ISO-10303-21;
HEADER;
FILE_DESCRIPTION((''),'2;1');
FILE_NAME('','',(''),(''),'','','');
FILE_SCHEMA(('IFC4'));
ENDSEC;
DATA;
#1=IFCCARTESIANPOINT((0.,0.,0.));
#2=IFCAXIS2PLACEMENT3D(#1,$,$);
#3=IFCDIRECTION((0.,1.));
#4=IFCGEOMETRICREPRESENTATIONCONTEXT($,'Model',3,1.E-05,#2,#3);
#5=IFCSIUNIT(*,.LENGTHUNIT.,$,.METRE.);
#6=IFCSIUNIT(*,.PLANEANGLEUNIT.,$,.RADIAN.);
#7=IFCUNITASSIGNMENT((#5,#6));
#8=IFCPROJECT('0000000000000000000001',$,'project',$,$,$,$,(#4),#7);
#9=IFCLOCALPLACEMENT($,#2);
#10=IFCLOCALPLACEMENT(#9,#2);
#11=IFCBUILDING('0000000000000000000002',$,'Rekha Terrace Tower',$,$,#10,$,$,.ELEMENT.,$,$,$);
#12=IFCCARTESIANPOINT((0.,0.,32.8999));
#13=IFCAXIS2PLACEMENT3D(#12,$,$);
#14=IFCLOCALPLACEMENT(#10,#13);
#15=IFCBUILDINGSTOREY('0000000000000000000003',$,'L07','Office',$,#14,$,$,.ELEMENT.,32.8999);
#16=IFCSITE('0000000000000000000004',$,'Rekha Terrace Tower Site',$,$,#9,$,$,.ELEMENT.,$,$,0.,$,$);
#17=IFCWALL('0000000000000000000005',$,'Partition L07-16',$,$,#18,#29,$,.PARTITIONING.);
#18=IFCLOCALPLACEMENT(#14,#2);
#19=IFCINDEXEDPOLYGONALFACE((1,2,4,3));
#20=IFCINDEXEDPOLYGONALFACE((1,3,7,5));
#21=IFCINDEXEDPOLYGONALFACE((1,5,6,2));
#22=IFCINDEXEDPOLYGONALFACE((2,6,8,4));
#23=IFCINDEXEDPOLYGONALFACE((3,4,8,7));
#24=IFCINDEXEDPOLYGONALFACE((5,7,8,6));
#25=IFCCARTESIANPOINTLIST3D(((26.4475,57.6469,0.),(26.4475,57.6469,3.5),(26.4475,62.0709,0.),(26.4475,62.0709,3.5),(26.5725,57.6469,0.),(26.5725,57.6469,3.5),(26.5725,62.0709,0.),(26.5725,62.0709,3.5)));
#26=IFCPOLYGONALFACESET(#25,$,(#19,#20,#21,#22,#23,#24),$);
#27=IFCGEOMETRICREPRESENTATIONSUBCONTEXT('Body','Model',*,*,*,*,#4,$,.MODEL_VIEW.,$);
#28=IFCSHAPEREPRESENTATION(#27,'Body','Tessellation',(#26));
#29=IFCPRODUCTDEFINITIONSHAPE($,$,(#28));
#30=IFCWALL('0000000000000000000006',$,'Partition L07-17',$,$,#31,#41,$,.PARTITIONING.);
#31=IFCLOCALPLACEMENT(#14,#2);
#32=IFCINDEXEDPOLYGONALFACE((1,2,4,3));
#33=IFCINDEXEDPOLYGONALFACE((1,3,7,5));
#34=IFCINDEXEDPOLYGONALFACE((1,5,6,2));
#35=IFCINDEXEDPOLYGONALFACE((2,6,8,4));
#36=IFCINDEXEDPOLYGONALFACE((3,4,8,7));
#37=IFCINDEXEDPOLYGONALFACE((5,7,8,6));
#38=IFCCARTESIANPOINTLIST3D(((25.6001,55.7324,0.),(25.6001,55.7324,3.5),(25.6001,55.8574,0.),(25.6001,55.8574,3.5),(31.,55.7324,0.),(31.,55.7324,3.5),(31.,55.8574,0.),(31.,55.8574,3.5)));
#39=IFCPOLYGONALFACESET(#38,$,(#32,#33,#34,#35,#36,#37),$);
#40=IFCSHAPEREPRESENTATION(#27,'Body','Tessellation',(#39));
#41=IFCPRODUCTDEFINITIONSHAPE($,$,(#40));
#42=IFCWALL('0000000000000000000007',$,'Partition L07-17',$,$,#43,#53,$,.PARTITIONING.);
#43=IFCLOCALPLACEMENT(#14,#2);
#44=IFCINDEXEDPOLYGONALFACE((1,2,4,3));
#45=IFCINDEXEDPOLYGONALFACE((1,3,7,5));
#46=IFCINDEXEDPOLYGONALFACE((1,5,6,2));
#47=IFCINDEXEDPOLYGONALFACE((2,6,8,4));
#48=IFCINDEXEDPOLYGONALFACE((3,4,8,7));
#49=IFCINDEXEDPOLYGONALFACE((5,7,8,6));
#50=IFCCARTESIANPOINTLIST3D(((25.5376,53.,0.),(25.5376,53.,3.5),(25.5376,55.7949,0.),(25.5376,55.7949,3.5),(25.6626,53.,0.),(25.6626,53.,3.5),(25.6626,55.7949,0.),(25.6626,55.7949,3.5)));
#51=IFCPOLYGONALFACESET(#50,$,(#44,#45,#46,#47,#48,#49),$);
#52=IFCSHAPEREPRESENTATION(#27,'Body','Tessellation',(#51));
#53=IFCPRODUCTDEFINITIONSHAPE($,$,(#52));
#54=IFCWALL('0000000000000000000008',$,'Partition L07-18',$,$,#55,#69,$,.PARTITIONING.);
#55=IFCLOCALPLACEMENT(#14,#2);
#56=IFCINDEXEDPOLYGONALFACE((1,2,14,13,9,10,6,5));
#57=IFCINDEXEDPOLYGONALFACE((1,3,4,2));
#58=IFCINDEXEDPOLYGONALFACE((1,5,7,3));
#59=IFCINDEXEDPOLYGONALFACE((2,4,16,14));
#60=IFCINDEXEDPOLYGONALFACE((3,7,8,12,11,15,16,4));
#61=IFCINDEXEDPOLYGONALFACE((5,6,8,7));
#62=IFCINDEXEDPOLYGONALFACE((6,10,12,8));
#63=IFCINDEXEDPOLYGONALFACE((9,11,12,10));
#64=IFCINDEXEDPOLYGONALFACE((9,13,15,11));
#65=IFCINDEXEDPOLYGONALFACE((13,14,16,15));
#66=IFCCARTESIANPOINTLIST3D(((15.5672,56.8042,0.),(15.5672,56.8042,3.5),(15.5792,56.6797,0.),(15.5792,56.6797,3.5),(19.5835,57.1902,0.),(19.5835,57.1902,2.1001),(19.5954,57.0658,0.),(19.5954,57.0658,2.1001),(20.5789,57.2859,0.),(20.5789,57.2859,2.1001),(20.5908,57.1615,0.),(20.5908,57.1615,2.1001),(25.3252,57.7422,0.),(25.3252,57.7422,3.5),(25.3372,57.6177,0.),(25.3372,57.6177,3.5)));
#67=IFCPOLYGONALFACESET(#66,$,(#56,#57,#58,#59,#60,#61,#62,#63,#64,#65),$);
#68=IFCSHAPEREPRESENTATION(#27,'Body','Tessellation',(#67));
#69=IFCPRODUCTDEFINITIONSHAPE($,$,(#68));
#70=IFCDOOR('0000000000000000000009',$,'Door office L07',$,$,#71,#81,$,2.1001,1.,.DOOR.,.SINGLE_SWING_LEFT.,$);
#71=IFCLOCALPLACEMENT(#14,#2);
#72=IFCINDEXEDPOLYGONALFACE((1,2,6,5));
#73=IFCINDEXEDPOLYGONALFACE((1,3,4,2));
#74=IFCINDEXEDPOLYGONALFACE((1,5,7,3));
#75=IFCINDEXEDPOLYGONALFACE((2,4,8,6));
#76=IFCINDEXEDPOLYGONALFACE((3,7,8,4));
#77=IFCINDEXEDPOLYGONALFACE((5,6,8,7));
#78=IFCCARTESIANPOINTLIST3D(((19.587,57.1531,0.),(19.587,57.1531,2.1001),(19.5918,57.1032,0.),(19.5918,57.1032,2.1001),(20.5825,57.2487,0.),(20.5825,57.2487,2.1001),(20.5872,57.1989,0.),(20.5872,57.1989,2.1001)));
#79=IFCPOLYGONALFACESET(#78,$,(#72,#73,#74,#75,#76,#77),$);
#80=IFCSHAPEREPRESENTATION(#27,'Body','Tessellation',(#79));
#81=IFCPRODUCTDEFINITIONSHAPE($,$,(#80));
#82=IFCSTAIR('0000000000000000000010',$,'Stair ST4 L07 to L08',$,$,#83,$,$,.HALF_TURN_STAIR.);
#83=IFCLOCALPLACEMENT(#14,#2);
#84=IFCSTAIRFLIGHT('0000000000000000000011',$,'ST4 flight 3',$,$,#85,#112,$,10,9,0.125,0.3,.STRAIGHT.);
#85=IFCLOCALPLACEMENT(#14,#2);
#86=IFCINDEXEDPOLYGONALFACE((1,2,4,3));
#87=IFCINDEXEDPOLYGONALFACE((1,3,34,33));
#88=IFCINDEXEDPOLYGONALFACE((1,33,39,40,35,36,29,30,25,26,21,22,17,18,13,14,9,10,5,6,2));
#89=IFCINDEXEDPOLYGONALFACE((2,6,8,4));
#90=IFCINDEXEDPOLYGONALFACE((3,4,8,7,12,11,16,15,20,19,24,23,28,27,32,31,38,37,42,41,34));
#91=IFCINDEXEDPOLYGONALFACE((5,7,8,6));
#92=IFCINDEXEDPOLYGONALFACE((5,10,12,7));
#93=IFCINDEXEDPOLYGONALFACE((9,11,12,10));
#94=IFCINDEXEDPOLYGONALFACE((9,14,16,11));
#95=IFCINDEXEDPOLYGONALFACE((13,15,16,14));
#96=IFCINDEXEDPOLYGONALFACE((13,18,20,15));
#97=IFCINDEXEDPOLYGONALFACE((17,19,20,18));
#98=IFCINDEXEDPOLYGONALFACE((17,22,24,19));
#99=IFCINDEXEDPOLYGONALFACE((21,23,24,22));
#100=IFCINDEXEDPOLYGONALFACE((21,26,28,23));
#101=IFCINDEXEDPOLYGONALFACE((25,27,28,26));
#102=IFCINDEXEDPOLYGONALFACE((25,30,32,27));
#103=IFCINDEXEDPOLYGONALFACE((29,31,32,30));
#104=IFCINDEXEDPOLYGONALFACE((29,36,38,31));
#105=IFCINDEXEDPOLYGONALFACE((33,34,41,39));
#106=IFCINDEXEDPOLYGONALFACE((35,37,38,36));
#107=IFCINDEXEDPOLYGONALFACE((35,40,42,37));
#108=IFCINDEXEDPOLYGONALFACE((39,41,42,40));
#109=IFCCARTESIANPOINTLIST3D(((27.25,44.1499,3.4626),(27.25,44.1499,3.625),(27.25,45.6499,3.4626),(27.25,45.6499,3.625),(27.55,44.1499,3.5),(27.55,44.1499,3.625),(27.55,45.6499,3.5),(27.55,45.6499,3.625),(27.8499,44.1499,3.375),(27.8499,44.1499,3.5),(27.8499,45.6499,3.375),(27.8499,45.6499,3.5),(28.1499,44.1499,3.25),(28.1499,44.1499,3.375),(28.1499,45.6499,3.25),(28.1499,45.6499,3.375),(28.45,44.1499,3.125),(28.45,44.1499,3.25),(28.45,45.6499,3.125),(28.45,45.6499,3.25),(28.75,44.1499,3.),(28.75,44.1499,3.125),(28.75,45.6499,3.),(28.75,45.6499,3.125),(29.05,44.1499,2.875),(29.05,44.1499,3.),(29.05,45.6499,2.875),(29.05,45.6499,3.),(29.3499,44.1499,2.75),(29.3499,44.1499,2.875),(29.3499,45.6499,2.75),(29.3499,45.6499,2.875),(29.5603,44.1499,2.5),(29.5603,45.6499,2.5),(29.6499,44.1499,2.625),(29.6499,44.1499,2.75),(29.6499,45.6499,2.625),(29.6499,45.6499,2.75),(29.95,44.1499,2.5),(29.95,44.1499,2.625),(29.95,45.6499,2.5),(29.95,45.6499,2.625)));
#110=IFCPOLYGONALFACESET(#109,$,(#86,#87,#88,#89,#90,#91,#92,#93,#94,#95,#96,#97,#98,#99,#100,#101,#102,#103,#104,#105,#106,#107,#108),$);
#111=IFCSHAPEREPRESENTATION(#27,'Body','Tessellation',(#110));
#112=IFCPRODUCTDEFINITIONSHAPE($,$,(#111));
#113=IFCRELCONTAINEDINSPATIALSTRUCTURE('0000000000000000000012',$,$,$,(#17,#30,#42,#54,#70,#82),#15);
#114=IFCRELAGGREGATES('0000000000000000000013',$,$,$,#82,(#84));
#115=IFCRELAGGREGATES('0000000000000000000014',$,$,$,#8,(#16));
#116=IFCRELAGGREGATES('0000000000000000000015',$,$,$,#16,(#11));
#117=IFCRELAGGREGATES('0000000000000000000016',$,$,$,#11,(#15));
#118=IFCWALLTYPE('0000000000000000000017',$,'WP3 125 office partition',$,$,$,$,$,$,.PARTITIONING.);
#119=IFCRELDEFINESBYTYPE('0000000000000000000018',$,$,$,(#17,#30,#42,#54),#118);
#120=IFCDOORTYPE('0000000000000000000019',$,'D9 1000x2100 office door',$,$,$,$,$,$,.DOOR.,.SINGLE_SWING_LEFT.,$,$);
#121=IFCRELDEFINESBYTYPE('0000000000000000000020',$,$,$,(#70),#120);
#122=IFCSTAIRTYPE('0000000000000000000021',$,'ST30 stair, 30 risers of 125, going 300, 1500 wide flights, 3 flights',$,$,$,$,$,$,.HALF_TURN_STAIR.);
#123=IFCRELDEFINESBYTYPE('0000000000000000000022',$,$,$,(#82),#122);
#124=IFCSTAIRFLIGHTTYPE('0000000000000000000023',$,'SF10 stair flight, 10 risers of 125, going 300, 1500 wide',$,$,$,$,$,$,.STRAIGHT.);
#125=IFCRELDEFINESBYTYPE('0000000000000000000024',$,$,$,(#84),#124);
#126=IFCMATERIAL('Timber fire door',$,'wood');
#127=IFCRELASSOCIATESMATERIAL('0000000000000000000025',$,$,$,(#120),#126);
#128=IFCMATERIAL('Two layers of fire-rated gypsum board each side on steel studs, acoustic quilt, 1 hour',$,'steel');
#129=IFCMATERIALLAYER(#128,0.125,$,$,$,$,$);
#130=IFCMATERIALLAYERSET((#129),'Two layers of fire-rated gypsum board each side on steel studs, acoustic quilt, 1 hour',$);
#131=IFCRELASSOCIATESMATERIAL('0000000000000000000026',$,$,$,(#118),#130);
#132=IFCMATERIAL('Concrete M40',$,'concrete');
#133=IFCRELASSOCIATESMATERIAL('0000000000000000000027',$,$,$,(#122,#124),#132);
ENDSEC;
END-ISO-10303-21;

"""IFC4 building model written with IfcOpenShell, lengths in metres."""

from ifc_helpers import new_model, si_unit, direction, frame, frame_2d, origin, place, context, subcontext, project, spatial, polyline, rectangle, outline, extrude, material, layer, layer_set, type_object, element, fill, aggregate, save


model = new_model("IFC4")

# Units and contexts
model_context = context("Model", 3, precision=1e-05, world=origin(), true_north=direction((0.0, 1.0)))
body_context = subcontext(model_context, "Body", "Model", "MODEL_VIEW")
ifc_project = project(units=[si_unit("LENGTHUNIT", "METRE"), si_unit("PLANEANGLEUNIT", "RADIAN")], contexts=[model_context])

# Site, building, storey
site_placement = place(None, origin())
site = spatial("IfcSite", under=ifc_project, at=site_placement, Name="Rekha Terrace Tower Site", CompositionType="ELEMENT", RefElevation=0.0)
building_placement = place(site_placement, origin())
building = spatial("IfcBuilding", under=site, at=building_placement, Name="Rekha Terrace Tower", CompositionType="ELEMENT")
storey_placement = place(building_placement, frame((0.0, 0.0, 32.8999)))
storey = spatial("IfcBuildingStorey", under=building, at=storey_placement, Name="L07", Description="Office", CompositionType="ELEMENT", Elevation=32.8999)

# Shared definitions
ifc_material_1 = material(Name="Timber fire door", Category="wood")
door_type_1 = type_object("IfcDoorType", Name="D9 1000x2100 office door", OperationType="SINGLE_SWING_LEFT", PredefinedType="DOOR", material=ifc_material_1)

# Walls
ifc_material_2 = material(Name="Two layers of fire-rated gypsum board each side on steel studs, acoustic quilt, 1 hour", Category="steel")
ifc_layer_1 = layer(ifc_material_2, 0.125)
ifc_layer_set_1 = layer_set([ifc_layer_1], Name="Two layers of fire-rated gypsum board each side on steel studs, acoustic quilt, 1 hour")
wall_type_1 = type_object("IfcWallType", Name="WP3 125 office partition", PredefinedType="PARTITIONING", material=ifc_layer_set_1)
wall_1_placement = place(storey_placement, frame((26.51, 57.647, 0.0), z_axis=(0.0, 0.0, 1.0), x_axis=(0.0, 1.0, 0.0)))
element("IfcWall", 1, at=wall_1_placement, inside=storey, type_object=wall_type_1, Name="Partition L07-16", PredefinedType="PARTITIONING", context=body_context, shape_type="SweptSolid", body=[
    extrude(rectangle(XDim=4.4241, YDim=0.125, at=frame_2d((2.2119, 0.0))), origin(), (0.0, 0.0, 1.0), 3.5),
])
wall_2_placement = place(storey_placement, frame((25.6001, 55.7949, 0.0), z_axis=(0.0, 0.0, 1.0), x_axis=(1.0, 0.0, 0.0)))
element("IfcWall", 2, at=wall_2_placement, inside=storey, type_object=wall_type_1, Name="Partition L07-17", PredefinedType="PARTITIONING", context=body_context, shape_type="SweptSolid", body=[
    extrude(rectangle(XDim=5.3999, YDim=0.125, at=frame_2d((2.7, 0.0))), origin(), (0.0, 0.0, 1.0), 3.5),
])
wall_3_placement = place(storey_placement, frame((25.6001, 53.0, 0.0), z_axis=(0.0, 0.0, 1.0), x_axis=(0.0, 1.0, 0.0)))
element("IfcWall", 3, at=wall_3_placement, inside=storey, type_object=wall_type_1, Name="Partition L07-17", PredefinedType="PARTITIONING", context=body_context, shape_type="SweptSolid", body=[
    extrude(rectangle(XDim=2.7949, YDim=0.125, at=frame_2d((1.3975, 0.0))), origin(), (0.0, 0.0, 1.0), 3.5),
])

# Wall, opening, door
wall_4_placement = place(storey_placement, frame((25.3311, 57.6799, 0.0), z_axis=(0.0, 0.0, 1.0), x_axis=(-0.995412, -0.095683, 0.0)))
wall_4 = element("IfcWall", 4, at=wall_4_placement, inside=storey, type_object=wall_type_1, Name="Partition L07-18", PredefinedType="PARTITIONING", context=body_context, shape_type="SweptSolid", body=[
    extrude(rectangle(XDim=9.803, YDim=0.125, at=frame_2d((4.9014, 0.0))), origin(), (0.0, 0.0, 1.0), 3.5),
])
opening_1_placement = place(wall_4_placement, frame((4.7681, 0.0, 0.0)))
opening_1 = element("IfcOpeningElement", 5, at=opening_1_placement, cuts=wall_4, PredefinedType="OPENING", context=body_context, shape_type="SweptSolid", body=[
    extrude(rectangle(XDim=1.0, YDim=2.1001, at=frame_2d((0.5, 1.05))), frame((0.0, 0.0725, 0.0), z_axis=(0.0, -1.0, 0.0), x_axis=(1.0, 0.0, 0.0)), (0.0, 0.0, 1.0), 0.145),
])
door_1_placement = place(opening_1_placement, origin())
door_1 = element("IfcDoor", 6, at=door_1_placement, inside=storey, type_object=door_type_1, Name="Door office L07", OperationType="SINGLE_SWING_LEFT", OverallHeight=2.1001, OverallWidth=1.0, PredefinedType="DOOR", context=body_context, shape_type="SweptSolid", body=[
    extrude(rectangle(XDim=1.0, YDim=2.1001, at=frame_2d((0.5, 1.05))), frame((0.0, 0.0249, 0.0), z_axis=(0.0, -1.0, 0.0), x_axis=(1.0, 0.0, 0.0)), (0.0, 0.0, 1.0), 0.05),
])
fill(opening_1, door_1)

# Stair, stair flight
ifc_material_3 = material(Name="Concrete M40", Category="concrete")
stair_type = type_object("IfcStairType", Name="ST30 stair, 30 risers of 125, going 300, 1500 wide flights, 3 flights", PredefinedType="HALF_TURN_STAIR", material=ifc_material_3)
stair_placement = place(storey_placement, origin())
stair = element("IfcStair", 7, at=stair_placement, inside=storey, type_object=stair_type, Name="Stair ST4 L07 to L08", PredefinedType="HALF_TURN_STAIR")
stair_flight_type = type_object("IfcStairFlightType", Name="SF10 stair flight, 10 risers of 125, going 300, 1500 wide", PredefinedType="STRAIGHT", material=ifc_material_3)
stair_flight_placement = place(storey_placement, frame((29.95, 44.8999, 2.5), z_axis=(0.0, 0.0, 1.0), x_axis=(-1.0, 0.0, 0.0)))
stair_flight = element("IfcStairFlight", 8, at=stair_flight_placement, type_object=stair_flight_type, Name="ST4 flight 3", NumberOfRisers=10, NumberOfTreads=9, PredefinedType="STRAIGHT", RiserHeight=0.125, TreadLength=0.3, context=body_context, shape_type="SweptSolid", body=[
    extrude(outline(polyline([(0.0, 0.0), (0.0, 0.125), (0.3, 0.125), (0.3, 0.25), (0.6001, 0.25), (0.6001, 0.375), (0.8999, 0.375), (0.8999, 0.5), (1.2, 0.5), (1.2, 0.625), (1.5, 0.625), (1.5, 0.75), (1.8, 0.75), (1.8, 0.875), (2.1001, 0.875), (2.1001, 1.0), (2.3999, 1.0), (2.3999, 1.125), (2.7, 1.125), (2.7, 1.25), (2.7, 0.9626), (0.3896, 0.0), (0.0, 0.0)])), frame((0.0, 0.75, 0.0), z_axis=(0.0, -1.0, 0.0), x_axis=(1.0, 0.0, 0.0)), (0.0, 0.0, 1.0), 1.5),
])
aggregate(stair, [stair_flight])

save(model, "model.ifc")
